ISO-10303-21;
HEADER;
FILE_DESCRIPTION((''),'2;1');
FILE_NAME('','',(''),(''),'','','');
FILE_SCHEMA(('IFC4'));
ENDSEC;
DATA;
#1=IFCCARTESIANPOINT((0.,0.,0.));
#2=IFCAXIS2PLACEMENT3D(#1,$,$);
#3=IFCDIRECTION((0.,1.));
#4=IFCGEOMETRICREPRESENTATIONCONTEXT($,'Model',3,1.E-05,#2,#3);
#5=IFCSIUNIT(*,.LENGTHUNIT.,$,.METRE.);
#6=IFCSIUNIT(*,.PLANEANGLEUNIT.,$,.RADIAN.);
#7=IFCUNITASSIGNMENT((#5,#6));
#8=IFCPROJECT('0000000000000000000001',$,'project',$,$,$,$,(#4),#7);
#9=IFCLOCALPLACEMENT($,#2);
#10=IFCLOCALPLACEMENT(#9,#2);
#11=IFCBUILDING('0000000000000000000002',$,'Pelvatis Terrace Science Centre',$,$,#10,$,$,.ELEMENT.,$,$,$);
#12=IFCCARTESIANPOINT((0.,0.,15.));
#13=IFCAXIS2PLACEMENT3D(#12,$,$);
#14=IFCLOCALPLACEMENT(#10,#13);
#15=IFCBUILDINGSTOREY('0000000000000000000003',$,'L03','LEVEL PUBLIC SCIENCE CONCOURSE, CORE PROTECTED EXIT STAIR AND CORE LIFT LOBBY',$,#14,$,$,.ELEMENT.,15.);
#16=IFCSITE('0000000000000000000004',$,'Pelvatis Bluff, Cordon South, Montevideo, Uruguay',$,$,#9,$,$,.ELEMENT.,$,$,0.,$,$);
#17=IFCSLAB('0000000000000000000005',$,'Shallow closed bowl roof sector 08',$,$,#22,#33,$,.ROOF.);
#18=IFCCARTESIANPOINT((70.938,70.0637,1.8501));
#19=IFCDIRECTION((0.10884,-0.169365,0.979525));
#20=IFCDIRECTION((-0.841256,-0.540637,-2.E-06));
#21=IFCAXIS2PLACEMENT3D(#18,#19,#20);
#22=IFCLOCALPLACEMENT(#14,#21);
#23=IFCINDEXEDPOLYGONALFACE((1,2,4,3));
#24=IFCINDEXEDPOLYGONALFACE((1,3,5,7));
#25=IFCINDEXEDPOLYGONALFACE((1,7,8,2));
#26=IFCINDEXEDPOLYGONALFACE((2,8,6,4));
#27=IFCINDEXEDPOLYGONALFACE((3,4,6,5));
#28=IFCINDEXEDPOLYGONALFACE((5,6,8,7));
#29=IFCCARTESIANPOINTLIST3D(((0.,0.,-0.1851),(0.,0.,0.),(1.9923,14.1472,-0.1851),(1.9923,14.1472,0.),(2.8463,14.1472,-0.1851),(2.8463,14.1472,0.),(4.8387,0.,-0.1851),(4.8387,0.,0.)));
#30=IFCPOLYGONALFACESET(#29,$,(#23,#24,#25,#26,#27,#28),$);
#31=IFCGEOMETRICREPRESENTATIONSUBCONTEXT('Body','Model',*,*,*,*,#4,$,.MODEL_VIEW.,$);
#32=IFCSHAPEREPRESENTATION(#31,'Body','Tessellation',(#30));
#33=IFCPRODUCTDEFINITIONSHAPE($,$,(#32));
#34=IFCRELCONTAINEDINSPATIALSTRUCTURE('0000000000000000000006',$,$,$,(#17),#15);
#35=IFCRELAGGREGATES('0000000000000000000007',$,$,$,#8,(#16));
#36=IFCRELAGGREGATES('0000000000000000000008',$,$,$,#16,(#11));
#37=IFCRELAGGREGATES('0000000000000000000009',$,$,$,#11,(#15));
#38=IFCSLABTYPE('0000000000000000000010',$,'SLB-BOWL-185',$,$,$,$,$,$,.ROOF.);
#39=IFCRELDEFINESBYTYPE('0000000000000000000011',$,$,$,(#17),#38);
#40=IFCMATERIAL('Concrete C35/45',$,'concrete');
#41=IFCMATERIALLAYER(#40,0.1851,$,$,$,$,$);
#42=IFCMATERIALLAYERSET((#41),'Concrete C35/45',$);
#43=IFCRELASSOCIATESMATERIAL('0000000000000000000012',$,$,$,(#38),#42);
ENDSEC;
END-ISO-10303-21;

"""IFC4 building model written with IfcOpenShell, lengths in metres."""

from ifc_helpers import new_model, si_unit, direction, frame, origin, place, context, subcontext, project, spatial, polyline, outline, extrude, material, layer, layer_set, type_object, element, save


model = new_model("IFC4")

# Units and contexts
model_context = context("Model", 3, precision=1e-05, world=origin(), true_north=direction((0.0, 1.0)))
body_context = subcontext(model_context, "Body", "Model", "MODEL_VIEW")
ifc_project = project(units=[si_unit("LENGTHUNIT", "METRE"), si_unit("PLANEANGLEUNIT", "RADIAN")], contexts=[model_context])

# Site, building, storey
site_placement = place(None, origin())
site = spatial("IfcSite", under=ifc_project, at=site_placement, Name="Pelvatis Bluff, Cordon South, Montevideo, Uruguay", CompositionType="ELEMENT", RefElevation=0.0)
building_placement = place(site_placement, origin())
building = spatial("IfcBuilding", under=site, at=building_placement, Name="Pelvatis Terrace Science Centre", CompositionType="ELEMENT")
storey_placement = place(building_placement, frame((0.0, 0.0, 15.0)))
storey = spatial("IfcBuildingStorey", under=building, at=storey_placement, Name="L03", Description="LEVEL PUBLIC SCIENCE CONCOURSE, CORE PROTECTED EXIT STAIR AND CORE LIFT LOBBY", CompositionType="ELEMENT", Elevation=15.0)

# Slab
ifc_material_1 = material(Name="Concrete C35/45", Category="concrete")
ifc_layer_1 = layer(ifc_material_1, 0.1851)
ifc_layer_set_1 = layer_set([ifc_layer_1], Name="Concrete C35/45")
slab_type = type_object("IfcSlabType", Name="SLB-BOWL-185", PredefinedType="ROOF", material=ifc_layer_set_1)
slab_1_placement = place(storey_placement, frame((70.938, 70.0637, 1.8501), z_axis=(0.10884, -0.169365, 0.979525), x_axis=(-0.841256, -0.540637, -0.000002)))
element("IfcSlab", 1, at=slab_1_placement, inside=storey, type_object=slab_type, Name="Shallow closed bowl roof sector 08", PredefinedType="ROOF", context=body_context, shape_type="SweptSolid", body=[
    extrude(outline(polyline([(0.0, 0.0), (4.8387, 0.0), (2.8463, 14.1472), (1.9923, 14.1472), (0.0, 0.0)])), origin(), (0.0, 0.0, -1.0), 0.1851),
])

save(model, "model.ifc")
